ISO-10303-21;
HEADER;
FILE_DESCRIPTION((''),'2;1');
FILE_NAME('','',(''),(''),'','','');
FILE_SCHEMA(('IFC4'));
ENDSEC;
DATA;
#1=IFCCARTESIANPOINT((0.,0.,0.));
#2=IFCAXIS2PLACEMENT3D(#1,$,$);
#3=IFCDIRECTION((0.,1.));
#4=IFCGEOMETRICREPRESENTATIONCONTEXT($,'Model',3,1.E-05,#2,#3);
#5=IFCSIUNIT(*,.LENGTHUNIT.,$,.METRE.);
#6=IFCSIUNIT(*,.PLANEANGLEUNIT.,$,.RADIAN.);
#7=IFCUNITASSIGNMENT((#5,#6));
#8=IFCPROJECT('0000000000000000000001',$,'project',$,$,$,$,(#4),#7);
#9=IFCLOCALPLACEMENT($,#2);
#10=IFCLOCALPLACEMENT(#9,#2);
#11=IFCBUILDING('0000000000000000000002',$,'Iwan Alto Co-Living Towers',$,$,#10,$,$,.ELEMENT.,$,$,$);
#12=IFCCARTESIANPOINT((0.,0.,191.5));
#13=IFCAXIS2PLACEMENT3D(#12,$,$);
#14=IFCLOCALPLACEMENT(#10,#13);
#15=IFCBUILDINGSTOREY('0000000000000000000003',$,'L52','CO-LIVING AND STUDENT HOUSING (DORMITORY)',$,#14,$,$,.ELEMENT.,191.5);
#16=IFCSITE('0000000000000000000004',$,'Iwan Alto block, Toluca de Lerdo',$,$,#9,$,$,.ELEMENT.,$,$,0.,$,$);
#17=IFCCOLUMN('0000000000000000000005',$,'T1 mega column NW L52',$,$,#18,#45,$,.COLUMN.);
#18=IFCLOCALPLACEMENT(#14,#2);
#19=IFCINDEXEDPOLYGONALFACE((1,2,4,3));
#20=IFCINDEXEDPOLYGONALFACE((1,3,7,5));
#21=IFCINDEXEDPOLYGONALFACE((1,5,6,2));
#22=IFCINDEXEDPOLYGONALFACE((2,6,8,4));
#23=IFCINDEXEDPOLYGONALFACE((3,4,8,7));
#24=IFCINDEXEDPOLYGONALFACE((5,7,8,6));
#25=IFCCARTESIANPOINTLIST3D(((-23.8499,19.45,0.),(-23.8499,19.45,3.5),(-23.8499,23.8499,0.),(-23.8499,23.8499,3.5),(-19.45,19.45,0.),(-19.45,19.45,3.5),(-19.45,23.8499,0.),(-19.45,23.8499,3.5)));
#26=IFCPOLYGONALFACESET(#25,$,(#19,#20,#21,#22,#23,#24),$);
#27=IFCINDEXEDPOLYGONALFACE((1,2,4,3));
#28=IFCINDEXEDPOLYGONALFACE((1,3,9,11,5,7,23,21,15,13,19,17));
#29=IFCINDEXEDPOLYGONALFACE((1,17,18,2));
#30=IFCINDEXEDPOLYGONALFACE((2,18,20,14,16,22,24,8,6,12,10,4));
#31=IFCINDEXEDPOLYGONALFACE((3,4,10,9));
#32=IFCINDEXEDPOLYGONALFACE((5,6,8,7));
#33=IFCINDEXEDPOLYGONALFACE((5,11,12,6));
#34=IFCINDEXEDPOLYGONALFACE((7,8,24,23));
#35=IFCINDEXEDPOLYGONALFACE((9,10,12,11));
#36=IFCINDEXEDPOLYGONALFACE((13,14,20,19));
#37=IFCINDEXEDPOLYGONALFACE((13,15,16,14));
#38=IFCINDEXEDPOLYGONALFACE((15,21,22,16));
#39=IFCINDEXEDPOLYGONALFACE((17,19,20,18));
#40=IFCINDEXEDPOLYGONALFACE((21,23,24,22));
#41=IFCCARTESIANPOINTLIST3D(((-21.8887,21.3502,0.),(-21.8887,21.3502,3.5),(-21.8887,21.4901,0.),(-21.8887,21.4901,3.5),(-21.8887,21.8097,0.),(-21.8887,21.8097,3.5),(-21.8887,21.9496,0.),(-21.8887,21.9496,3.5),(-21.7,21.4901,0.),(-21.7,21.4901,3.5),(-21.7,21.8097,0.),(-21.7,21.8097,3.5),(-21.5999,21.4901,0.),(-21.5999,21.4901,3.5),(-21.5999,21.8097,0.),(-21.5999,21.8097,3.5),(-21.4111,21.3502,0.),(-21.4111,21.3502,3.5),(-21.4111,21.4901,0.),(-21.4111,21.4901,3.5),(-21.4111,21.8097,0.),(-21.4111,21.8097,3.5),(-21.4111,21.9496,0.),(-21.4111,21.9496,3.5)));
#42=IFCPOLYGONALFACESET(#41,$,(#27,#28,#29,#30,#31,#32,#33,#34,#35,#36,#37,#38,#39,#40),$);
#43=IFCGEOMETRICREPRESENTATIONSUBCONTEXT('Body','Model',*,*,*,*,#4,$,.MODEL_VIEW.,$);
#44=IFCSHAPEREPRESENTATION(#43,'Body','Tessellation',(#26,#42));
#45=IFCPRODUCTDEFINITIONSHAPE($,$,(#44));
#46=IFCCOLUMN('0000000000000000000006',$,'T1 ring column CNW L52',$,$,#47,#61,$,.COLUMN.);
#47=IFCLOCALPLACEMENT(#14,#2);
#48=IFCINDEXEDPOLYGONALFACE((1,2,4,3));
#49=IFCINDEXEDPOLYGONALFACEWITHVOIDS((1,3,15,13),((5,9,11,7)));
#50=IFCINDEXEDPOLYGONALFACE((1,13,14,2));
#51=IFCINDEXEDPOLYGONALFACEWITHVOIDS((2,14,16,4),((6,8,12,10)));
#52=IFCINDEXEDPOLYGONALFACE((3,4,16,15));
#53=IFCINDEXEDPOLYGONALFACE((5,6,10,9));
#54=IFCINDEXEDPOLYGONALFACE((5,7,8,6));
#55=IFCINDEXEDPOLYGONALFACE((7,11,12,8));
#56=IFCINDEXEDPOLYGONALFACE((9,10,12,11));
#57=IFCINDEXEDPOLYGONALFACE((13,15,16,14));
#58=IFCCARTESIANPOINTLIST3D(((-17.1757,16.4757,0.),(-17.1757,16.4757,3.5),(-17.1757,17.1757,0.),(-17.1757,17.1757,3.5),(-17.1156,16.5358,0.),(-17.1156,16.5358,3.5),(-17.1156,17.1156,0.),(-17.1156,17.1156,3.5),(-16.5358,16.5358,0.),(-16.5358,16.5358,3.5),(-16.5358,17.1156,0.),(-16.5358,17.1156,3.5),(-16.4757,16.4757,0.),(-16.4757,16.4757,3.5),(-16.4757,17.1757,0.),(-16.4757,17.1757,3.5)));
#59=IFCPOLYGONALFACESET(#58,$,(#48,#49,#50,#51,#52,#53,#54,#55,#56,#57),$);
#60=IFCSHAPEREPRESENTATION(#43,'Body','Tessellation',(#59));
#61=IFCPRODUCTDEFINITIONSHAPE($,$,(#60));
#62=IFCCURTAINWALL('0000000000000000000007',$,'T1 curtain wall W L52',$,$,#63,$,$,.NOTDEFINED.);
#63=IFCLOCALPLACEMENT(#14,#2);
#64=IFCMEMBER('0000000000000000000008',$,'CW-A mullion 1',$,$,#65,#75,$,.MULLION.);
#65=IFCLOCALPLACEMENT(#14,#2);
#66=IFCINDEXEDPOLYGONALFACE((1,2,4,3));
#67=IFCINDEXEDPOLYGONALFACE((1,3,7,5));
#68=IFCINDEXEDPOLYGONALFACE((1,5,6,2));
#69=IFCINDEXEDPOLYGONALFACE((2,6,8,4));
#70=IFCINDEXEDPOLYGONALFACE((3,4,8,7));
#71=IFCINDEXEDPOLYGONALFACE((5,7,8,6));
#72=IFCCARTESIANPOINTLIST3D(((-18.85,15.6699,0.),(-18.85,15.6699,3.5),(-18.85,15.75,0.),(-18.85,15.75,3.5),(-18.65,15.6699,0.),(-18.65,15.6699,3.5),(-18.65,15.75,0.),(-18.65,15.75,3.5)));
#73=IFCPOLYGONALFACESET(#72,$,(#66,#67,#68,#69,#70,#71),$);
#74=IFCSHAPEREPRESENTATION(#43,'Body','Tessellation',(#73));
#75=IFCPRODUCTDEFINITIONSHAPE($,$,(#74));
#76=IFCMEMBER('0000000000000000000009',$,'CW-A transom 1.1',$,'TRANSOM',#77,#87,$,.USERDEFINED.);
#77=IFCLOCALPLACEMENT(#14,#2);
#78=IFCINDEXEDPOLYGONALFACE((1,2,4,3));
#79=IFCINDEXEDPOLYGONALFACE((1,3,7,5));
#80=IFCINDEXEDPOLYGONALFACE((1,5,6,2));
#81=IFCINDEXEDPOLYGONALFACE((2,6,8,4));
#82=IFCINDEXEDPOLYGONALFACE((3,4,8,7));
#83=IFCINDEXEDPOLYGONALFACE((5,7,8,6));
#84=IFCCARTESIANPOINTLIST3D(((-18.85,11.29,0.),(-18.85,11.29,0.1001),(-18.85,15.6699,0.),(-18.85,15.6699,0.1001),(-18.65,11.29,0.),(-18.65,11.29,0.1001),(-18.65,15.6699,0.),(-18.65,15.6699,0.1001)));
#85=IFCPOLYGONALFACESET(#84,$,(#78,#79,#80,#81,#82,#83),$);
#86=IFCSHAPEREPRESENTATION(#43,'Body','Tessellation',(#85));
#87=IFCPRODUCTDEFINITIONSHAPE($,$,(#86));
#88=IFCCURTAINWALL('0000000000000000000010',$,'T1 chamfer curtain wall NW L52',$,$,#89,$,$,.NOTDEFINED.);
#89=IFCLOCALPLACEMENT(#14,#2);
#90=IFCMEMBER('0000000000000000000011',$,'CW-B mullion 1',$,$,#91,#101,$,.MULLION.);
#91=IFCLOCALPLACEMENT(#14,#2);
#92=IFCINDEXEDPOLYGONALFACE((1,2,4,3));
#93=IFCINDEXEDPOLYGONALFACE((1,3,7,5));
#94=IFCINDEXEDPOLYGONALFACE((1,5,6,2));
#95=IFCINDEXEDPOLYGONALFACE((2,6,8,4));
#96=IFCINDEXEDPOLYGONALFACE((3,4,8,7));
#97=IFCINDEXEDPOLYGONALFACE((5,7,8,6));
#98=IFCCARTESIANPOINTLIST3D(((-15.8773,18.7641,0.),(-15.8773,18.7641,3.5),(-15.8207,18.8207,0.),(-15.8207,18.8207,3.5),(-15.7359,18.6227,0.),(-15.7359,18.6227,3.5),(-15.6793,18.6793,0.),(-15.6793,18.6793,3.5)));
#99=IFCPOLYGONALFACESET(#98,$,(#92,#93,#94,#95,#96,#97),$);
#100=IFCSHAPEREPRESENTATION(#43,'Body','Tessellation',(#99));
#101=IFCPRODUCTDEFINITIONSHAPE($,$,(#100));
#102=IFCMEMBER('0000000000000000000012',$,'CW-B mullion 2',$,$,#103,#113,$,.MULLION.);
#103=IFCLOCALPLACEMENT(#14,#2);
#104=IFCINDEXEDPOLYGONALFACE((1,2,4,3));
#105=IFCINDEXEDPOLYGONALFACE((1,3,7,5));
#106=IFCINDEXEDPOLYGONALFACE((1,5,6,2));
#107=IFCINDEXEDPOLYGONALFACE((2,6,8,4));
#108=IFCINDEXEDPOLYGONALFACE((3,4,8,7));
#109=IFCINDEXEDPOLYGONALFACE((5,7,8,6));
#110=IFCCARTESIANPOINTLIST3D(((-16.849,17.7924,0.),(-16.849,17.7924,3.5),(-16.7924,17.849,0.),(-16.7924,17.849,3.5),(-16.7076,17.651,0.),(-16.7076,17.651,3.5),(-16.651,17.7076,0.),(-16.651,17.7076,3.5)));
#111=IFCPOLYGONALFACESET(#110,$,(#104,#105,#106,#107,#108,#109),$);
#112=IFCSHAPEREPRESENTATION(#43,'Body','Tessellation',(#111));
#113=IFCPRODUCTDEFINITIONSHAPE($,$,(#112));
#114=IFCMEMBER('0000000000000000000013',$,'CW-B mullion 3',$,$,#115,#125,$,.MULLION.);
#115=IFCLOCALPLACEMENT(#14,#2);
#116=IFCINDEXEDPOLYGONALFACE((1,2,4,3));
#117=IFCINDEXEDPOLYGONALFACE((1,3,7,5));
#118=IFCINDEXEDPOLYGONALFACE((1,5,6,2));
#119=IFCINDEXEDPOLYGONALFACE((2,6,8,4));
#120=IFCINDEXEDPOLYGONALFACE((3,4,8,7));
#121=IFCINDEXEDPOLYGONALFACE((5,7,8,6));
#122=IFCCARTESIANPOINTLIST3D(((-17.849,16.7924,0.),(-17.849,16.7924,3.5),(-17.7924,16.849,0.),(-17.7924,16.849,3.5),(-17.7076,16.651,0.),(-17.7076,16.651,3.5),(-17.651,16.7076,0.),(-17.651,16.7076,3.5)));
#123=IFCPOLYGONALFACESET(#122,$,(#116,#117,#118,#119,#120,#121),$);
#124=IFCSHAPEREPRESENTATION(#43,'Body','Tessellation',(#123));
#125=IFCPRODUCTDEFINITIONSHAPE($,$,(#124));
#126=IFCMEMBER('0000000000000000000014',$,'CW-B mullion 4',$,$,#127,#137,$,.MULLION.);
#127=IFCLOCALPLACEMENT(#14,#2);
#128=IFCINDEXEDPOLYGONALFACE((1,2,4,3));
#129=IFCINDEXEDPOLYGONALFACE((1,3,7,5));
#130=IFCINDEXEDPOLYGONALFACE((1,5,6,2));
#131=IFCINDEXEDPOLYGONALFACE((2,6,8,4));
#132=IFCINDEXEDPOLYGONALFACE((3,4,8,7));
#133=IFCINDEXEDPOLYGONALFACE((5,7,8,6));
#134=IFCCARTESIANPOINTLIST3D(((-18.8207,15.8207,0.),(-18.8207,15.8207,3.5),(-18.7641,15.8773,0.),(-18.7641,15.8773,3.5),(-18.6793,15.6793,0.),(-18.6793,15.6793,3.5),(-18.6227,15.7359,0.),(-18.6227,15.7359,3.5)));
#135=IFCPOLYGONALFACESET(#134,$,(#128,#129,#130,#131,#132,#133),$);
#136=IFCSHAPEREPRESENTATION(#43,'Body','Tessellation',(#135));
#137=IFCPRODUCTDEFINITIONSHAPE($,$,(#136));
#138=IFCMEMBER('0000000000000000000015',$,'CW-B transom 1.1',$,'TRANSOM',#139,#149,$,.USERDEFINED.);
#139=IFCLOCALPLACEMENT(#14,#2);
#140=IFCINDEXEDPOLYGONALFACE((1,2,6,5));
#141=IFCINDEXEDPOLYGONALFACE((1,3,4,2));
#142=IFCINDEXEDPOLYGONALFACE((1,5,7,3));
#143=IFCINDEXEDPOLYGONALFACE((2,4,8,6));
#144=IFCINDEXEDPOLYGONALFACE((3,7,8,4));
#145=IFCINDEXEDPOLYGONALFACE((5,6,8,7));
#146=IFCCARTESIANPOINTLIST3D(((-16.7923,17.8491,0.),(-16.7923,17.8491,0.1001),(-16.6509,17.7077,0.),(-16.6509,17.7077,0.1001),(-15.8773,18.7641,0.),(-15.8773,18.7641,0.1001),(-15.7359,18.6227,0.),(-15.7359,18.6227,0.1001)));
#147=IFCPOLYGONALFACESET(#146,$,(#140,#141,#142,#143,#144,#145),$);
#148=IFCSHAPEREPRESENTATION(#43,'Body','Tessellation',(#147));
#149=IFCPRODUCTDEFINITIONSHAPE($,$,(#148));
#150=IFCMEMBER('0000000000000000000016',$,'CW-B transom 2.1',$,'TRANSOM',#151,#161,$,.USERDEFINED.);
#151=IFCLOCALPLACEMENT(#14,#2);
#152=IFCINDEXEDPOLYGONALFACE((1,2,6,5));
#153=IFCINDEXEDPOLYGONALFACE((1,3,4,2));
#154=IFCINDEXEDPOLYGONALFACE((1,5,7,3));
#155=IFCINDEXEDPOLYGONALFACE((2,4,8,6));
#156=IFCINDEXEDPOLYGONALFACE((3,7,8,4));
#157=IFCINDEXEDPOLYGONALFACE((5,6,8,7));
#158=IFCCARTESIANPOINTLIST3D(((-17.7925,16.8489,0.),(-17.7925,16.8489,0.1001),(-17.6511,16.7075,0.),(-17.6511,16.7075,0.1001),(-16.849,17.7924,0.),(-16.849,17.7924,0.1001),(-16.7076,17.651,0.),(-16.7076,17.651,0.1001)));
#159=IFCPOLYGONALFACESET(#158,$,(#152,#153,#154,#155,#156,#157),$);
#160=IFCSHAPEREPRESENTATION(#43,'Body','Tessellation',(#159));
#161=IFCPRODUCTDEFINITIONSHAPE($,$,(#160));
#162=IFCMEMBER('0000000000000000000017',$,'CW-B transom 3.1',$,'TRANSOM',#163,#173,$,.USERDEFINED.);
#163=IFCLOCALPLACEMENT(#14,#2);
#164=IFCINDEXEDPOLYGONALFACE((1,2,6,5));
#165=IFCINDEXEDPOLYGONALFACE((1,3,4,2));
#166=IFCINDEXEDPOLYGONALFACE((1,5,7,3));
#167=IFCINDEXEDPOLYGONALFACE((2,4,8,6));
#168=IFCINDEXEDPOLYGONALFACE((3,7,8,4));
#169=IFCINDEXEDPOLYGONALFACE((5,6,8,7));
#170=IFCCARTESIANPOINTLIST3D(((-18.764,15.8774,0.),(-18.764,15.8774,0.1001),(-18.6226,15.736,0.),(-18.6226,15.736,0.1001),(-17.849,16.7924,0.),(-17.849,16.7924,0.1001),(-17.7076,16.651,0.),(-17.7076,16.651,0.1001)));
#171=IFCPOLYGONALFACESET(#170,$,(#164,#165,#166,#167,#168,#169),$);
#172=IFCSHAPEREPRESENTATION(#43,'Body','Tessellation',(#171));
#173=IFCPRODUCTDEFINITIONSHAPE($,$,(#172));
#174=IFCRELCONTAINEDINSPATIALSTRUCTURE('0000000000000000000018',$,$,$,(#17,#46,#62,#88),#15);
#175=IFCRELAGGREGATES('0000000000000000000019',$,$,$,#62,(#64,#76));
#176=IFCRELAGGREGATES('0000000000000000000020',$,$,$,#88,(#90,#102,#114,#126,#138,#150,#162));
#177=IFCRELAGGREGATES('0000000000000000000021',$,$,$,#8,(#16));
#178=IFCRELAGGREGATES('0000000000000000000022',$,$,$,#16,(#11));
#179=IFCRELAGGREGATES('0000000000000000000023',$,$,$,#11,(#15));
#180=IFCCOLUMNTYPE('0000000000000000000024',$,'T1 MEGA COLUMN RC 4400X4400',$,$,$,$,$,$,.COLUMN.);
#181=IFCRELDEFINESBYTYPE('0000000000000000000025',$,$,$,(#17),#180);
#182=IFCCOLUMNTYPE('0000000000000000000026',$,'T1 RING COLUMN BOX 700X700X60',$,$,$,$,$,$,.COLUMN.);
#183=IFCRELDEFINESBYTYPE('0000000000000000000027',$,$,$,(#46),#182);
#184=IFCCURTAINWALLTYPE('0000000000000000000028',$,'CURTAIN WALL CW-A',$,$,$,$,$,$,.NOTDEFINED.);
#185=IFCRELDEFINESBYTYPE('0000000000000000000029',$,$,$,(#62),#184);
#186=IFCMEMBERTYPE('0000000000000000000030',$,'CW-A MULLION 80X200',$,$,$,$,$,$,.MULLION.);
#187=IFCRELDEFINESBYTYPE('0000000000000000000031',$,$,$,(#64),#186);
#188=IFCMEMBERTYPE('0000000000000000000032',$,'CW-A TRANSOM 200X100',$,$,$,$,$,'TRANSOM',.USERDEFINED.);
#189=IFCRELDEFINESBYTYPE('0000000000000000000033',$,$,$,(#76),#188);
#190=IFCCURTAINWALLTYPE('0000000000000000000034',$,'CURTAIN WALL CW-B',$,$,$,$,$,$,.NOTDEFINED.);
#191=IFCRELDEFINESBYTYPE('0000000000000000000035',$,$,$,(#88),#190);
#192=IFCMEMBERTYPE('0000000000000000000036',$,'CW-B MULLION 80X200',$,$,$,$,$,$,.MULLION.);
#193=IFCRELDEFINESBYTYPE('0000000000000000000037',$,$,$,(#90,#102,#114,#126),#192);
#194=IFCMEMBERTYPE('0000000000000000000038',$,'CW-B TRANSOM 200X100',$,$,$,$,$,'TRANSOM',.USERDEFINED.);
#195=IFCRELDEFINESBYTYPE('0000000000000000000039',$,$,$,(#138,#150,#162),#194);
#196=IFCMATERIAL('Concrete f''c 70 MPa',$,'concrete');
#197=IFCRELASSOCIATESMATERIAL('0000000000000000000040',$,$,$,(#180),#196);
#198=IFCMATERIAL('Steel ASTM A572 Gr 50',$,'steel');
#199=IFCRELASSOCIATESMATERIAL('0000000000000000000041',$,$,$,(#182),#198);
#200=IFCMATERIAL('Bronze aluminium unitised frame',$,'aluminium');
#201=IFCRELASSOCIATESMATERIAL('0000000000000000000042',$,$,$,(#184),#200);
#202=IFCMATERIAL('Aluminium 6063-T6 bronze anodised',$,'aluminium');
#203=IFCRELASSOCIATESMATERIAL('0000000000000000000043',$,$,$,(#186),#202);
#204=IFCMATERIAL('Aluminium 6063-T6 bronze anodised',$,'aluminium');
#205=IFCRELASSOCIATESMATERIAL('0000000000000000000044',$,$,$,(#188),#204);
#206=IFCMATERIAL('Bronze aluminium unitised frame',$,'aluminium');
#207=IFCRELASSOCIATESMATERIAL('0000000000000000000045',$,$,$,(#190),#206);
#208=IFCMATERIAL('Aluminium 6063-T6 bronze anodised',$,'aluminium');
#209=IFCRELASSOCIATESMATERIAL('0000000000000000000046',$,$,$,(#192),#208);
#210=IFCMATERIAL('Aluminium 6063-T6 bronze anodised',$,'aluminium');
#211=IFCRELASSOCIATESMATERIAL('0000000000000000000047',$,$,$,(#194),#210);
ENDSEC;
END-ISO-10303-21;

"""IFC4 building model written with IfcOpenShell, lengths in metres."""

from ifc_helpers import new_model, si_unit, direction, frame, origin, origin_2d, place, context, subcontext, project, spatial, rectangle, hollow_rectangle, i_section, extrude, material, material_profile, profile_set, type_object, element, aggregate, save


model = new_model("IFC4")

# Units and contexts
model_context = context("Model", 3, precision=1e-05, world=origin(), true_north=direction((0.0, 1.0)))
body_context = subcontext(model_context, "Body", "Model", "MODEL_VIEW")
ifc_project = project(units=[si_unit("LENGTHUNIT", "METRE"), si_unit("PLANEANGLEUNIT", "RADIAN")], contexts=[model_context])

# Site, building, storey
site_placement = place(None, origin())
site = spatial("IfcSite", under=ifc_project, at=site_placement, Name="Iwan Alto block, Toluca de Lerdo", CompositionType="ELEMENT", RefElevation=0.0)
building_placement = place(site_placement, origin())
building = spatial("IfcBuilding", under=site, at=building_placement, Name="Iwan Alto Co-Living Towers", CompositionType="ELEMENT")
storey_placement = place(building_placement, frame((0.0, 0.0, 191.5)))
storey = spatial("IfcBuildingStorey", under=building, at=storey_placement, Name="L52", Description="CO-LIVING AND STUDENT HOUSING (DORMITORY)", CompositionType="ELEMENT", Elevation=191.5)

# Columns
ifc_material_1 = material(Name="Concrete f'c 70 MPa", Category="concrete")
ifc_material_profile_1 = material_profile(ifc_material_1, rectangle(XDim=4.3999, YDim=4.3999, at=origin_2d()), Name="RC 4400X4400")
ifc_profile_set_1 = profile_set([ifc_material_profile_1], Name="Concrete f'c 70 MPa")
column_type_1 = type_object("IfcColumnType", Name="T1 MEGA COLUMN RC 4400X4400", PredefinedType="COLUMN", material=ifc_profile_set_1)
column_1_placement = place(storey_placement, frame((-21.6499, 21.6499, 0.0), z_axis=(0.0, 0.0, 1.0), x_axis=(1.0, 0.0, 0.0)))
element("IfcColumn", 1, at=column_1_placement, inside=storey, type_object=column_type_1, Name="T1 mega column NW L52", PredefinedType="COLUMN", context=body_context, shape_type="SweptSolid", body=[
    extrude(rectangle(XDim=4.3999, YDim=4.3999, at=origin_2d()), origin(), (0.0, 0.0, 1.0), 3.5),
    extrude(i_section(OverallWidth=0.4775, OverallDepth=0.5994, WebThickness=0.1001, FlangeThickness=0.1399, at=origin_2d()), origin(), (0.0, 0.0, 1.0), 3.5),
])
ifc_material_2 = material(Name="Steel ASTM A572 Gr 50", Category="steel")
ifc_material_profile_2 = material_profile(ifc_material_2, hollow_rectangle(XDim=0.7, YDim=0.7, WallThickness=0.0601, at=origin_2d()), Name="BOX 700X700X60")
ifc_profile_set_2 = profile_set([ifc_material_profile_2], Name="Steel ASTM A572 Gr 50")
column_type_2 = type_object("IfcColumnType", Name="T1 RING COLUMN BOX 700X700X60", PredefinedType="COLUMN", material=ifc_profile_set_2)
column_2_placement = place(storey_placement, frame((-16.8257, 16.8257, 0.0), z_axis=(0.0, 0.0, 1.0), x_axis=(1.0, 0.0, 0.0)))
element("IfcColumn", 2, at=column_2_placement, inside=storey, type_object=column_type_2, Name="T1 ring column CNW L52", PredefinedType="COLUMN", context=body_context, shape_type="SweptSolid", body=[
    extrude(hollow_rectangle(XDim=0.7, YDim=0.7, WallThickness=0.0601, at=origin_2d()), origin(), (0.0, 0.0, 1.0), 3.5),
])

# Curtain walls, members
ifc_material_3 = material(Name="Bronze aluminium unitised frame", Category="aluminium")
curtain_wall_type_1 = type_object("IfcCurtainWallType", Name="CURTAIN WALL CW-A", PredefinedType="NOTDEFINED", material=ifc_material_3)
curtain_wall_1_placement = place(storey_placement, origin())
curtain_wall_1 = element("IfcCurtainWall", 3, at=curtain_wall_1_placement, inside=storey, type_object=curtain_wall_type_1, Name="T1 curtain wall W L52", PredefinedType="NOTDEFINED")
ifc_material_4 = material(Name="Aluminium 6063-T6 bronze anodised", Category="aluminium")
ifc_material_profile_3 = material_profile(ifc_material_4, rectangle(XDim=0.2, YDim=0.0801, at=origin_2d()), Name="AL 80X200")
ifc_profile_set_3 = profile_set([ifc_material_profile_3], Name="Aluminium 6063-T6 bronze anodised")
member_type_1 = type_object("IfcMemberType", Name="CW-A MULLION 80X200", PredefinedType="MULLION", material=ifc_profile_set_3)
member_1_placement = place(storey_placement, frame((-18.75, 15.71, 0.0), z_axis=(0.0, 0.0, 1.0), x_axis=(1.0, 0.0, 0.0)))
member_1 = element("IfcMember", 4, at=member_1_placement, type_object=member_type_1, Name="CW-A mullion 1", PredefinedType="MULLION", context=body_context, shape_type="SweptSolid", body=[
    extrude(rectangle(XDim=0.2, YDim=0.0801, at=origin_2d()), origin(), (0.0, 0.0, 1.0), 3.5),
])
ifc_material_5 = material(Name="Aluminium 6063-T6 bronze anodised", Category="aluminium")
ifc_material_profile_4 = material_profile(ifc_material_5, rectangle(XDim=0.2, YDim=0.1001, at=origin_2d()), Name="AL 200X100")
ifc_profile_set_4 = profile_set([ifc_material_profile_4], Name="Aluminium 6063-T6 bronze anodised")
member_type_2 = type_object("IfcMemberType", Name="CW-A TRANSOM 200X100", ElementType="TRANSOM", PredefinedType="USERDEFINED", material=ifc_profile_set_4)
member_2_placement = place(storey_placement, frame((-18.75, 15.6699, 0.05), z_axis=(0.0, -1.0, 0.0), x_axis=(1.0, 0.0, 0.0)))
member_2 = element("IfcMember", 5, at=member_2_placement, type_object=member_type_2, Name="CW-A transom 1.1", ObjectType="TRANSOM", PredefinedType="USERDEFINED", context=body_context, shape_type="SweptSolid", body=[
    extrude(rectangle(XDim=0.2, YDim=0.1001, at=origin_2d()), origin(), (0.0, 0.0, 1.0), 4.3799),
])
ifc_material_6 = material(Name="Bronze aluminium unitised frame", Category="aluminium")
curtain_wall_type_2 = type_object("IfcCurtainWallType", Name="CURTAIN WALL CW-B", PredefinedType="NOTDEFINED", material=ifc_material_6)
curtain_wall_2_placement = place(storey_placement, origin())
curtain_wall_2 = element("IfcCurtainWall", 6, at=curtain_wall_2_placement, inside=storey, type_object=curtain_wall_type_2, Name="T1 chamfer curtain wall NW L52", PredefinedType="NOTDEFINED")
ifc_material_7 = material(Name="Aluminium 6063-T6 bronze anodised", Category="aluminium")
ifc_material_profile_5 = material_profile(ifc_material_7, rectangle(XDim=0.2, YDim=0.0801, at=origin_2d()), Name="AL 80X200")
ifc_profile_set_5 = profile_set([ifc_material_profile_5], Name="Aluminium 6063-T6 bronze anodised")
member_type_3 = type_object("IfcMemberType", Name="CW-B MULLION 80X200", PredefinedType="MULLION", material=ifc_profile_set_5)
member_3_placement = place(storey_placement, frame((-15.7783, 18.7217, 0.0), z_axis=(0.0, 0.0, 1.0), x_axis=(0.707107, -0.707107, 0.0)))
member_3 = element("IfcMember", 7, at=member_3_placement, type_object=member_type_3, Name="CW-B mullion 1", PredefinedType="MULLION", context=body_context, shape_type="SweptSolid", body=[
    extrude(rectangle(XDim=0.2, YDim=0.0801, at=origin_2d()), origin(), (0.0, 0.0, 1.0), 3.5),
])
member_4_placement = place(storey_placement, frame((-16.75, 17.75, 0.0), z_axis=(0.0, 0.0, 1.0), x_axis=(0.707107, -0.707107, 0.0)))
member_4 = element("IfcMember", 8, at=member_4_placement, type_object=member_type_3, Name="CW-B mullion 2", PredefinedType="MULLION", context=body_context, shape_type="SweptSolid", body=[
    extrude(rectangle(XDim=0.2, YDim=0.0801, at=origin_2d()), origin(), (0.0, 0.0, 1.0), 3.5),
])
member_5_placement = place(storey_placement, frame((-17.75, 16.75, 0.0), z_axis=(0.0, 0.0, 1.0), x_axis=(0.707107, -0.707107, 0.0)))
member_5 = element("IfcMember", 9, at=member_5_placement, type_object=member_type_3, Name="CW-B mullion 3", PredefinedType="MULLION", context=body_context, shape_type="SweptSolid", body=[
    extrude(rectangle(XDim=0.2, YDim=0.0801, at=origin_2d()), origin(), (0.0, 0.0, 1.0), 3.5),
])
member_6_placement = place(storey_placement, frame((-18.7217, 15.7783, 0.0), z_axis=(0.0, 0.0, 1.0), x_axis=(0.707107, -0.707107, 0.0)))
member_6 = element("IfcMember", 10, at=member_6_placement, type_object=member_type_3, Name="CW-B mullion 4", PredefinedType="MULLION", context=body_context, shape_type="SweptSolid", body=[
    extrude(rectangle(XDim=0.2, YDim=0.0801, at=origin_2d()), origin(), (0.0, 0.0, 1.0), 3.5),
])
ifc_material_8 = material(Name="Aluminium 6063-T6 bronze anodised", Category="aluminium")
ifc_material_profile_6 = material_profile(ifc_material_8, rectangle(XDim=0.2, YDim=0.1001, at=origin_2d()), Name="AL 200X100")
ifc_profile_set_6 = profile_set([ifc_material_profile_6], Name="Aluminium 6063-T6 bronze anodised")
member_type_4 = type_object("IfcMemberType", Name="CW-B TRANSOM 200X100", ElementType="TRANSOM", PredefinedType="USERDEFINED", material=ifc_profile_set_6)
member_7_placement = place(storey_placement, frame((-15.8066, 18.6934, 0.05), z_axis=(-0.707107, -0.707107, 0.0), x_axis=(0.707107, -0.707107, 0.0)))
member_7 = element("IfcMember", 11, at=member_7_placement, type_object=member_type_4, Name="CW-B transom 1.1", ObjectType="TRANSOM", PredefinedType="USERDEFINED", context=body_context, shape_type="SweptSolid", body=[
    extrude(rectangle(XDim=0.2, YDim=0.1001, at=origin_2d()), origin(), (0.0, 0.0, 1.0), 1.2939),
])
member_8_placement = place(storey_placement, frame((-16.7783, 17.7217, 0.05), z_axis=(-0.707107, -0.707107, 0.0), x_axis=(0.707107, -0.707107, 0.0)))
member_8 = element("IfcMember", 12, at=member_8_placement, type_object=member_type_4, Name="CW-B transom 2.1", ObjectType="TRANSOM", PredefinedType="USERDEFINED", context=body_context, shape_type="SweptSolid", body=[
    extrude(rectangle(XDim=0.2, YDim=0.1001, at=origin_2d()), origin(), (0.0, 0.0, 1.0), 1.3342),
])
member_9_placement = place(storey_placement, frame((-17.7783, 16.7217, 0.05), z_axis=(-0.707107, -0.707107, 0.0), x_axis=(0.707107, -0.707107, 0.0)))
member_9 = element("IfcMember", 13, at=member_9_placement, type_object=member_type_4, Name="CW-B transom 3.1", ObjectType="TRANSOM", PredefinedType="USERDEFINED", context=body_context, shape_type="SweptSolid", body=[
    extrude(rectangle(XDim=0.2, YDim=0.1001, at=origin_2d()), origin(), (0.0, 0.0, 1.0), 1.2939),
])

aggregate(curtain_wall_1, [member_1, member_2])
aggregate(curtain_wall_2, [member_3, member_4, member_5, member_6, member_7, member_8, member_9])

save(model, "model.ifc")
